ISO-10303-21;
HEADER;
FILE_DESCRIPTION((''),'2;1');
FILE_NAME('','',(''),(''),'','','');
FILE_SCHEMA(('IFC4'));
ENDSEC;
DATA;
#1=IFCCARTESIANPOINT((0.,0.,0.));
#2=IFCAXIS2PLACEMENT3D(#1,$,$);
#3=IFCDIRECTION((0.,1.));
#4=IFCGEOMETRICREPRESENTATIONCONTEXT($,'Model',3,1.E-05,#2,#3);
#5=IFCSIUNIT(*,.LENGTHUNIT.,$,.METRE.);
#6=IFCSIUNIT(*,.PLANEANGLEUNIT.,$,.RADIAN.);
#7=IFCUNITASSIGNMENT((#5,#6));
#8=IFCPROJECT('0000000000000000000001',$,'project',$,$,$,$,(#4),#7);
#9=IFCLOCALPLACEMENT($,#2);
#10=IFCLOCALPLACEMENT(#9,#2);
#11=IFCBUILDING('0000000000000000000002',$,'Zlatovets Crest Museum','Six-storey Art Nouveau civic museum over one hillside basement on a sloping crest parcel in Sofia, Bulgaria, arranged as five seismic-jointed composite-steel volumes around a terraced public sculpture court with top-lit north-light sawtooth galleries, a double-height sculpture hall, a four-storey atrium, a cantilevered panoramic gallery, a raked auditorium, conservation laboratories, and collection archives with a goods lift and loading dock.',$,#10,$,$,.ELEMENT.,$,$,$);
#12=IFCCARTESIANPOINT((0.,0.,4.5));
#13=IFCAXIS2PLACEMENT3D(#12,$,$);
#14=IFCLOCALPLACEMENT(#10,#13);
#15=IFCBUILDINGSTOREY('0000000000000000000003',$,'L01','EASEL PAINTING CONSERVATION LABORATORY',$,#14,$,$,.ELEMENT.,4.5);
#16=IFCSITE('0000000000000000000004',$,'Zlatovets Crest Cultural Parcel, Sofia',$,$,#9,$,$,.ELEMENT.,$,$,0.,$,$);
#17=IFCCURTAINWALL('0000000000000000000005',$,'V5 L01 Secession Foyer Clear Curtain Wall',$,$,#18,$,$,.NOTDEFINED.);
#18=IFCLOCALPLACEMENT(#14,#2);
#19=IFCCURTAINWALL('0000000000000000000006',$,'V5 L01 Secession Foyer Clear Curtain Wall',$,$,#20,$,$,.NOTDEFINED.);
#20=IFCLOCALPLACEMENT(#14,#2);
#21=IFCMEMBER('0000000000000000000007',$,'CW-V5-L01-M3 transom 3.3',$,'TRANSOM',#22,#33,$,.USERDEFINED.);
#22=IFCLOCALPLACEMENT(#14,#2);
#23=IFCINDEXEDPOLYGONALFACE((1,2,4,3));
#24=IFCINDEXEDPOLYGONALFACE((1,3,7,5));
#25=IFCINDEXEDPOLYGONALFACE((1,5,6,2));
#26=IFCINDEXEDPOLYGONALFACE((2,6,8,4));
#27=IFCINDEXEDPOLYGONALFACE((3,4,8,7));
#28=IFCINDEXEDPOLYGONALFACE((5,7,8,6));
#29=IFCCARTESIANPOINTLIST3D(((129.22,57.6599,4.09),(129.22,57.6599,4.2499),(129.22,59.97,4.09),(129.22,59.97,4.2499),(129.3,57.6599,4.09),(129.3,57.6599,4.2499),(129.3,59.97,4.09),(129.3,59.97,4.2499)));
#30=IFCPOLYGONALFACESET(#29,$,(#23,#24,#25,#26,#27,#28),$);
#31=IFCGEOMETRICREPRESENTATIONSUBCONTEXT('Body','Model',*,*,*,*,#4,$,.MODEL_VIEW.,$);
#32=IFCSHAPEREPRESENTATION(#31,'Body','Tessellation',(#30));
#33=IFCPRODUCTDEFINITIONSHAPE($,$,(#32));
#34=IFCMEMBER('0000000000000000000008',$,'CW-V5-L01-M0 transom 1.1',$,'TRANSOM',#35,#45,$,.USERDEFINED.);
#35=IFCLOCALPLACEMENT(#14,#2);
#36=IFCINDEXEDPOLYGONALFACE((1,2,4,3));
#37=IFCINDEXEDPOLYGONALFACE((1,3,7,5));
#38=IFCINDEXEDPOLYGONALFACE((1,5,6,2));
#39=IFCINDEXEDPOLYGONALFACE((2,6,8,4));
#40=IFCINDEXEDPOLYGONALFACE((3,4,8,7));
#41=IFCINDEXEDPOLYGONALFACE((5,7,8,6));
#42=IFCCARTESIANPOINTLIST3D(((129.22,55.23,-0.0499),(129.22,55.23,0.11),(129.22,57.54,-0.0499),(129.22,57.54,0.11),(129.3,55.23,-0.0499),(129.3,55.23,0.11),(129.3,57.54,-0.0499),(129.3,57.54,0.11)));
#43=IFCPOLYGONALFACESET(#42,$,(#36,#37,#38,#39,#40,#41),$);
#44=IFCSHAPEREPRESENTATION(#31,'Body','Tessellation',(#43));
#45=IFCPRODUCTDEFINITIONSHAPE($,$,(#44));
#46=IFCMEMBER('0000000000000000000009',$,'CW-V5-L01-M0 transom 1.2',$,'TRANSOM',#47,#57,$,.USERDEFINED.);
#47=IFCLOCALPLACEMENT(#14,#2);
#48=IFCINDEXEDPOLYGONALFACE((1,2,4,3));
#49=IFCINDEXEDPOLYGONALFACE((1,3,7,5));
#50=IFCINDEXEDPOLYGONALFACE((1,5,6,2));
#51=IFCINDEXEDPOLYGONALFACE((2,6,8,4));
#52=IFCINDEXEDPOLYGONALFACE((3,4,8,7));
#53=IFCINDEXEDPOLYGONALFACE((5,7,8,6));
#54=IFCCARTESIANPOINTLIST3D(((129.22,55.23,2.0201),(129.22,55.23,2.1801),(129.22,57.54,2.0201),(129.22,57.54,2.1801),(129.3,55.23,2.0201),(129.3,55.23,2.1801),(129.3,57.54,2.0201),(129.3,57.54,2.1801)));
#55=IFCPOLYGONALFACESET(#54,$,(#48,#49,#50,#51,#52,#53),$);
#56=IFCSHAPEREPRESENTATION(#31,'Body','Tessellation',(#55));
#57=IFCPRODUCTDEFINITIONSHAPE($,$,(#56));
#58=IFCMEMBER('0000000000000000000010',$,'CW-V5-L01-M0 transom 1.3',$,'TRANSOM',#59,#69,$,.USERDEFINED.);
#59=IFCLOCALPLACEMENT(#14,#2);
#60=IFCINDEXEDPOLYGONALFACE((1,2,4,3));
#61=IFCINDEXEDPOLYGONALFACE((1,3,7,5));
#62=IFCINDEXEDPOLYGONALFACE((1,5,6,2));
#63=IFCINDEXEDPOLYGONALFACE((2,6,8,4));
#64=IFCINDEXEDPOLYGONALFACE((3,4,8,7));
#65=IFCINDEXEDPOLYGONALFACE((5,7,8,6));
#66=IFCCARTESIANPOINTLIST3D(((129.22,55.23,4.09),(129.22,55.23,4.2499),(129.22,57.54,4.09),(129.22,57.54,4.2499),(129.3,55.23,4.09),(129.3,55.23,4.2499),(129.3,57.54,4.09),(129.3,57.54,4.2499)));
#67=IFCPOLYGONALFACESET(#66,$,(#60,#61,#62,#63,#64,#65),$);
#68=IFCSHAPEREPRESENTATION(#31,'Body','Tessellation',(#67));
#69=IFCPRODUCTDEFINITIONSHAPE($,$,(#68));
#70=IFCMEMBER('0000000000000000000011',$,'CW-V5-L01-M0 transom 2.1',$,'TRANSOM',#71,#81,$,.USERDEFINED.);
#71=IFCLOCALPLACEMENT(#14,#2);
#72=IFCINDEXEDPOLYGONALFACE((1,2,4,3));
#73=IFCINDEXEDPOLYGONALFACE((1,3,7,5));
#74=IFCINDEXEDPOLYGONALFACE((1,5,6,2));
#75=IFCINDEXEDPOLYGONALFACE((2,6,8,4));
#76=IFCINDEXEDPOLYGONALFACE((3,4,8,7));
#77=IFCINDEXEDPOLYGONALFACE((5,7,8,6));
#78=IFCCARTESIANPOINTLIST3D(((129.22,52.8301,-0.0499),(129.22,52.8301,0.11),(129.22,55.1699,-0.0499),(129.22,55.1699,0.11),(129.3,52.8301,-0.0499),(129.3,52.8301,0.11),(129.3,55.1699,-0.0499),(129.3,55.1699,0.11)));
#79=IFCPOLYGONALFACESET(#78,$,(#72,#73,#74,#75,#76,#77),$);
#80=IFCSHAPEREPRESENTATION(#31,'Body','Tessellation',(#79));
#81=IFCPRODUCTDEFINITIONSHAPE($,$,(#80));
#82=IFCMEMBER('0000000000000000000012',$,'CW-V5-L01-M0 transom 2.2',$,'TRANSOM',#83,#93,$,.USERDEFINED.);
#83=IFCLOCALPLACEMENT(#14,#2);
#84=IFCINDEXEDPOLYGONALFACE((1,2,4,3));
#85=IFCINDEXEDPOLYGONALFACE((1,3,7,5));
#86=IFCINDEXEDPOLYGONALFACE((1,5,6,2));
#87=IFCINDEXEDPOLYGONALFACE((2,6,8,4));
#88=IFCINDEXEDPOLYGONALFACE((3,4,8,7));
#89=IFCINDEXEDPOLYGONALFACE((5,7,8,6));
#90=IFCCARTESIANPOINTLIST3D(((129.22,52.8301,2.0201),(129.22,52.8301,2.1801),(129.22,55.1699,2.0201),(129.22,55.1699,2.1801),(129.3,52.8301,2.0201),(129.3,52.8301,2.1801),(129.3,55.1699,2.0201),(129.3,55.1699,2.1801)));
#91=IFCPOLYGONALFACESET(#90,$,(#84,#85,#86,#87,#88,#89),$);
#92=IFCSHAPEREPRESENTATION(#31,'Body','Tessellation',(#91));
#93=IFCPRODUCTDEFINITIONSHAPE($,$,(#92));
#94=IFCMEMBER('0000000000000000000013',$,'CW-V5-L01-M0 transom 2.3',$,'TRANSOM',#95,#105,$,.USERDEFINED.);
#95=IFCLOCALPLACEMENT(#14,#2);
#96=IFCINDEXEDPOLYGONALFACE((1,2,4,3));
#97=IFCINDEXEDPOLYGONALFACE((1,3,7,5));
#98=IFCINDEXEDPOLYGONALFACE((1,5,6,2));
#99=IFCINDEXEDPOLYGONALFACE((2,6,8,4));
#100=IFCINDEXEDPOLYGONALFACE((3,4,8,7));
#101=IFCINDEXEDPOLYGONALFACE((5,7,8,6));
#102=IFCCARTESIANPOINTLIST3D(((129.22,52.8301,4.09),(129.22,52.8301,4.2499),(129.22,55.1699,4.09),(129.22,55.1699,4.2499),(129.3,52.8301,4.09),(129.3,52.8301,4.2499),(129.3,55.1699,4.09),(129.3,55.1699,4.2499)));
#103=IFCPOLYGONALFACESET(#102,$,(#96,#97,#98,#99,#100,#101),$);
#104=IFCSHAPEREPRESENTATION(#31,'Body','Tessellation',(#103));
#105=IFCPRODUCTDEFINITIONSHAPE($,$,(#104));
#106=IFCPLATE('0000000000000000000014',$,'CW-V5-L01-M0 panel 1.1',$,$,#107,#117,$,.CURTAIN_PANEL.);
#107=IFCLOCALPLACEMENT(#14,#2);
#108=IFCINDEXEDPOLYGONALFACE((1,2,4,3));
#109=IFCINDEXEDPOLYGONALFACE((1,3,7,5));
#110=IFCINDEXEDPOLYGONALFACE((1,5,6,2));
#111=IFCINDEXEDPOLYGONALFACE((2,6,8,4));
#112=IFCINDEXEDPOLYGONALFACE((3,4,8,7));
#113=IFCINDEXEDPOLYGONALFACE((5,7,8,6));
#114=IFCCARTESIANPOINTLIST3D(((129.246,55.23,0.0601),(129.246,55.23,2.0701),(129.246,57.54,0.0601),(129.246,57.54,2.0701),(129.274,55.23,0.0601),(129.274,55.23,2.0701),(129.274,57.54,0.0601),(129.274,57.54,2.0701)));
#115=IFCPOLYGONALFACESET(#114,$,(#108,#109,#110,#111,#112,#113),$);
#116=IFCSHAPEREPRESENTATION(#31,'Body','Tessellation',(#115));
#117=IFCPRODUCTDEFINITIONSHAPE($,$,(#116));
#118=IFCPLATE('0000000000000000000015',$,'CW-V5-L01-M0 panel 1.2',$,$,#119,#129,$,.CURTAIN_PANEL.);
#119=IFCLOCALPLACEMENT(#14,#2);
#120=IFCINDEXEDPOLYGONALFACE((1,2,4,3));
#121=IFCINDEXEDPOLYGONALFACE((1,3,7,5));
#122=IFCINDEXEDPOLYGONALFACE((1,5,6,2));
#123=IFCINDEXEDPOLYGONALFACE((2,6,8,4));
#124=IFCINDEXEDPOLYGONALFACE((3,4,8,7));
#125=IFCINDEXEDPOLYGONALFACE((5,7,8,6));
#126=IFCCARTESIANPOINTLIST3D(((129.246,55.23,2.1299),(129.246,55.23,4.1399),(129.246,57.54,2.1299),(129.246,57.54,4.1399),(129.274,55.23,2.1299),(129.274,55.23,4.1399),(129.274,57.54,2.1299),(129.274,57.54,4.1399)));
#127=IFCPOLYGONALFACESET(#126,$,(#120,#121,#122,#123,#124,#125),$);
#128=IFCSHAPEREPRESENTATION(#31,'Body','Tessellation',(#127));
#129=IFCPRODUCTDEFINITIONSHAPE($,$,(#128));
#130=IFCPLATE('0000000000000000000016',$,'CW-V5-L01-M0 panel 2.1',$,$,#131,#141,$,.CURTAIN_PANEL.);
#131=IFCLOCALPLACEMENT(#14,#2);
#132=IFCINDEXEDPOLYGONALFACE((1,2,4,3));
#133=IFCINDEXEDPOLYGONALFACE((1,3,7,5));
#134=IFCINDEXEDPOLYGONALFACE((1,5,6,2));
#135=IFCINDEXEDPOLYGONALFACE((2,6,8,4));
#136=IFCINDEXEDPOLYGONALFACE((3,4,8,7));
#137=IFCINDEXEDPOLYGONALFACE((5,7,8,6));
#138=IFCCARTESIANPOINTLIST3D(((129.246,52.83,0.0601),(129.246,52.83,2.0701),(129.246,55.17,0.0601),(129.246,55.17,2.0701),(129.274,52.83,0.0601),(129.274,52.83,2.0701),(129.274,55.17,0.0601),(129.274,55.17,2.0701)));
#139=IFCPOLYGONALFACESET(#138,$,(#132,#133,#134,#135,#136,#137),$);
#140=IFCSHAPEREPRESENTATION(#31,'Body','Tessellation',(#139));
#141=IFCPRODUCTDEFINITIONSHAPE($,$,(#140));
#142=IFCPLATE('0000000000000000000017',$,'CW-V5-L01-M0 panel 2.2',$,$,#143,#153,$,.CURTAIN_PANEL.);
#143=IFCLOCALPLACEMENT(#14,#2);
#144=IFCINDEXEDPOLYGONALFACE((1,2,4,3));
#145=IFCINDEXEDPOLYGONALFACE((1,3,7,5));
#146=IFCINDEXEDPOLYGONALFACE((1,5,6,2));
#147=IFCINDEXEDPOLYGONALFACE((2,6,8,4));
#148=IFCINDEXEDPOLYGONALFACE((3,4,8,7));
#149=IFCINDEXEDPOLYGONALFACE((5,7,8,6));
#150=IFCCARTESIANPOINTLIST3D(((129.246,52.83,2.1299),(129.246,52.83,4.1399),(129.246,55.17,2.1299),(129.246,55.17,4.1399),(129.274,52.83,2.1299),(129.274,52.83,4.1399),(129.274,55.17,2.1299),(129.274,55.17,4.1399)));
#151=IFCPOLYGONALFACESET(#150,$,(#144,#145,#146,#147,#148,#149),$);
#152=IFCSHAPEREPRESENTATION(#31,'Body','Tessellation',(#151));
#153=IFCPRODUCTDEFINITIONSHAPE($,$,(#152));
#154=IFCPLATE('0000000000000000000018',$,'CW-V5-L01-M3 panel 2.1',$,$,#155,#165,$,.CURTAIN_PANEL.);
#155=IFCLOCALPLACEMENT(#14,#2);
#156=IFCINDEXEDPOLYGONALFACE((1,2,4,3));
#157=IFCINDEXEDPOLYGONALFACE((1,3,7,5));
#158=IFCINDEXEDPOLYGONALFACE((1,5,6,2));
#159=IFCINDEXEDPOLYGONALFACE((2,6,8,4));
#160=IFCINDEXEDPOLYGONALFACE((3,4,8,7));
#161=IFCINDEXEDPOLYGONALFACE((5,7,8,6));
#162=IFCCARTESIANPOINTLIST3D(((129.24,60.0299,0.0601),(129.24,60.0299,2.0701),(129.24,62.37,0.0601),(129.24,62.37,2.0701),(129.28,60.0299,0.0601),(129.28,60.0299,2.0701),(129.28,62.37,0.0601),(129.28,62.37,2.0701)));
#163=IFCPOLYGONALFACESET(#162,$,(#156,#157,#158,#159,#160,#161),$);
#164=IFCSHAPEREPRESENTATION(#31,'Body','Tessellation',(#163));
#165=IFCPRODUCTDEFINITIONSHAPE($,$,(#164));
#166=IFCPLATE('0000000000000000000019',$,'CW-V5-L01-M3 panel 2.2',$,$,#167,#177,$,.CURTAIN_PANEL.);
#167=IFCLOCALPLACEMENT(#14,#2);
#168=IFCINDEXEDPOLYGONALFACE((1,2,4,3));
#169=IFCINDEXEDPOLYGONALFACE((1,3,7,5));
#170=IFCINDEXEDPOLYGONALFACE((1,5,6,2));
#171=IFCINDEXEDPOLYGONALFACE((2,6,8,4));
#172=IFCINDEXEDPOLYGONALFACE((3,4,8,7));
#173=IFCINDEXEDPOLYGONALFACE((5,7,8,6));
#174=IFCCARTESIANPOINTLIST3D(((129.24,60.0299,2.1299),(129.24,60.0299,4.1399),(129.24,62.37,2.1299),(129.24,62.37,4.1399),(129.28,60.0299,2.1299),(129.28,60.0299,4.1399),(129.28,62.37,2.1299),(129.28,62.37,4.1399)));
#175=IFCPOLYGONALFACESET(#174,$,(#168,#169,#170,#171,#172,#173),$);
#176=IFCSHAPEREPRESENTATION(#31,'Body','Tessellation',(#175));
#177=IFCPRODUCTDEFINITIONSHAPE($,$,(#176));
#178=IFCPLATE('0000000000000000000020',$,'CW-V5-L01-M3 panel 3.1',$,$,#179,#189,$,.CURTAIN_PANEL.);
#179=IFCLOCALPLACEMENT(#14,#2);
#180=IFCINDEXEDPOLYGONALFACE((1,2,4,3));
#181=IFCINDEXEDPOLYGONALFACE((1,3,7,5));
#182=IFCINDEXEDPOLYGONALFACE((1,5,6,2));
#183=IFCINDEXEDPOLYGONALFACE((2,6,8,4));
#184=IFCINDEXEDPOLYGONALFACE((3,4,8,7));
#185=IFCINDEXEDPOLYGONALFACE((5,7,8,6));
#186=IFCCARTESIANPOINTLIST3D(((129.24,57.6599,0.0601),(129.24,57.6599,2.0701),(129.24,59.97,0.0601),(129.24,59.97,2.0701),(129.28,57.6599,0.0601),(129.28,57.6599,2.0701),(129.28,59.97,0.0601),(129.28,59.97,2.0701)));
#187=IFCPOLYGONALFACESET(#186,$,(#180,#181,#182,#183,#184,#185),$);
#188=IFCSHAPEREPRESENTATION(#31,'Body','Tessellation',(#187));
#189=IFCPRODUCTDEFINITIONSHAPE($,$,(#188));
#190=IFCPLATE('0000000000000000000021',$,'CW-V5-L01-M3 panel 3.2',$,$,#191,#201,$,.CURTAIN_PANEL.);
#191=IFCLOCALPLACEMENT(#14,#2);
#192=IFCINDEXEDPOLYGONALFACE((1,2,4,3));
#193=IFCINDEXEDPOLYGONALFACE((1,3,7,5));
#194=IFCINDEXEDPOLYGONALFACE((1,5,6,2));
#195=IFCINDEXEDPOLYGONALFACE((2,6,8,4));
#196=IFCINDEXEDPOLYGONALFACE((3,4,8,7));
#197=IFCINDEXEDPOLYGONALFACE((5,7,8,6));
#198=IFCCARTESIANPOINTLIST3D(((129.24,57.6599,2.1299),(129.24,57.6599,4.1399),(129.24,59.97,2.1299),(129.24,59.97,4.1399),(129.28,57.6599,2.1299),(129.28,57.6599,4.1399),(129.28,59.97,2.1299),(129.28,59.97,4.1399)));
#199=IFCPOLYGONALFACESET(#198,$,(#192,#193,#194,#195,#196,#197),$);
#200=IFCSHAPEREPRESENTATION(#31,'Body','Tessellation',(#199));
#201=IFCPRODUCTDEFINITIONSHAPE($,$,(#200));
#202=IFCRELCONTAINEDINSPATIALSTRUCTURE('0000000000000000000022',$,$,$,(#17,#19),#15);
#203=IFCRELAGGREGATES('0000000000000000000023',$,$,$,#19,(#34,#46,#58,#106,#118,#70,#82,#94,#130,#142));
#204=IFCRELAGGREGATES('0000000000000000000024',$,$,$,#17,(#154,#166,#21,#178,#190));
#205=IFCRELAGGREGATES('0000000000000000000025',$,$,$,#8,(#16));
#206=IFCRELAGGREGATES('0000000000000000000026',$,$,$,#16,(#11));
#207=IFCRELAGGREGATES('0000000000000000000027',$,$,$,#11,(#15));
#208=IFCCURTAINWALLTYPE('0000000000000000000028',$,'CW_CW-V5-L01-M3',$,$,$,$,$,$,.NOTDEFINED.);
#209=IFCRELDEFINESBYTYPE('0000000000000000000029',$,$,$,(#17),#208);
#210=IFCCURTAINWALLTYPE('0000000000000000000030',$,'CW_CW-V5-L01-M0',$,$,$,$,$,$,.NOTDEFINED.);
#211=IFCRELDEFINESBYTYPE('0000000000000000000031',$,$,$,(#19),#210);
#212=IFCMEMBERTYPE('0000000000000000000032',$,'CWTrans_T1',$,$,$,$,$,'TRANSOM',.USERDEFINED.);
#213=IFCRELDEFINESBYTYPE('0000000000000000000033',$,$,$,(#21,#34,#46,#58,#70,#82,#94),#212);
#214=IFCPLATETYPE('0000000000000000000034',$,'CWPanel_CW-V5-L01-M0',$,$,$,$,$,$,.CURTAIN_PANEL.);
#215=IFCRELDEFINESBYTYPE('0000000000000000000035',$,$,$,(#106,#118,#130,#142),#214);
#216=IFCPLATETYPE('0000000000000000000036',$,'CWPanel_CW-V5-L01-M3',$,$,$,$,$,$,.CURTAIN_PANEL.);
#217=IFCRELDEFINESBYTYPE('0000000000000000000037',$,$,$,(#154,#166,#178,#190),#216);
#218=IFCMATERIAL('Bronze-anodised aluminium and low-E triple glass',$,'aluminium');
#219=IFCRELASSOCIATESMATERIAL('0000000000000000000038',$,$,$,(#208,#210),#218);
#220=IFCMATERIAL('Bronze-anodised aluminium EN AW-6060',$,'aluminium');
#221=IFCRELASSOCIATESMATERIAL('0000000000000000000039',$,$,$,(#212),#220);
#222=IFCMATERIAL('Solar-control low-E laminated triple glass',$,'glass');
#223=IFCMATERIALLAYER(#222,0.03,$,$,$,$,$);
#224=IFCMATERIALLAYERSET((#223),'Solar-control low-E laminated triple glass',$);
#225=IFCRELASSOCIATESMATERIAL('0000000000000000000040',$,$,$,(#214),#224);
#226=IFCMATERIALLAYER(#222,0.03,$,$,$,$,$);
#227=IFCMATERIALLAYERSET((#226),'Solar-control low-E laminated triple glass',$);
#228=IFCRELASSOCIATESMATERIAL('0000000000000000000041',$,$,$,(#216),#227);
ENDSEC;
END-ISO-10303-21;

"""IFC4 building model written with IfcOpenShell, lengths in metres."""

from ifc_helpers import new_model, si_unit, direction, frame, origin, origin_2d, place, context, subcontext, project, spatial, rectangle, extrude, material, layer, layer_set, material_profile, profile_set, type_object, element, aggregate, save


model = new_model("IFC4")

# Units and contexts
model_context = context("Model", 3, precision=1e-05, world=origin(), true_north=direction((0.0, 1.0)))
body_context = subcontext(model_context, "Body", "Model", "MODEL_VIEW")
ifc_project = project(units=[si_unit("LENGTHUNIT", "METRE"), si_unit("PLANEANGLEUNIT", "RADIAN")], contexts=[model_context])

# Site, building, storey
site_placement = place(None, origin())
site = spatial("IfcSite", under=ifc_project, at=site_placement, Name="Zlatovets Crest Cultural Parcel, Sofia", CompositionType="ELEMENT", RefElevation=0.0)
building_placement = place(site_placement, origin())
building = spatial("IfcBuilding", under=site, at=building_placement, Name="Zlatovets Crest Museum", Description="Six-storey Art Nouveau civic museum over one hillside basement on a sloping crest parcel in Sofia, Bulgaria, arranged as five seismic-jointed composite-steel volumes around a terraced public sculpture court with top-lit north-light sawtooth galleries, a double-height sculpture hall, a four-storey atrium, a cantilevered panoramic gallery, a raked auditorium, conservation laboratories, and collection archives with a goods lift and loading dock.", CompositionType="ELEMENT")
storey_placement = place(building_placement, frame((0.0, 0.0, 4.5)))
storey = spatial("IfcBuildingStorey", under=building, at=storey_placement, Name="L01", Description="EASEL PAINTING CONSERVATION LABORATORY", CompositionType="ELEMENT", Elevation=4.5)

# Curtain walls
ifc_material_1 = material(Name="Bronze-anodised aluminium and low-E triple glass", Category="aluminium")
curtain_wall_type_1 = type_object("IfcCurtainWallType", Name="CW_CW-V5-L01-M3", PredefinedType="NOTDEFINED", material=ifc_material_1)
curtain_wall_1_placement = place(storey_placement, origin())
curtain_wall_1 = element("IfcCurtainWall", 1, at=curtain_wall_1_placement, inside=storey, type_object=curtain_wall_type_1, Name="V5 L01 Secession Foyer Clear Curtain Wall", PredefinedType="NOTDEFINED")
ifc_material_2 = material(Name="Bronze-anodised aluminium EN AW-6060", Category="aluminium")
curtain_wall_type_2 = type_object("IfcCurtainWallType", Name="CW_CW-V5-L01-M0", PredefinedType="NOTDEFINED", material=ifc_material_1)
curtain_wall_2_placement = place(storey_placement, origin())
curtain_wall_2 = element("IfcCurtainWall", 2, at=curtain_wall_2_placement, inside=storey, type_object=curtain_wall_type_2, Name="V5 L01 Secession Foyer Clear Curtain Wall", PredefinedType="NOTDEFINED")

# Members
ifc_material_profile_1 = material_profile(ifc_material_2, rectangle(XDim=0.0801, YDim=0.1599, at=origin_2d()), Name="ALU 80x160")
ifc_profile_set_1 = profile_set([ifc_material_profile_1], Name="Bronze-anodised aluminium EN AW-6060")
member_type_1 = type_object("IfcMemberType", Name="CWTrans_T1", ElementType="TRANSOM", PredefinedType="USERDEFINED", material=ifc_profile_set_1)
member_1_placement = place(storey_placement, frame((129.26, 59.97, 4.1699), z_axis=(0.0, -1.0, 0.0), x_axis=(1.0, 0.0, 0.0)))
member_1 = element("IfcMember", 3, at=member_1_placement, type_object=member_type_1, Name="CW-V5-L01-M3 transom 3.3", ObjectType="TRANSOM", PredefinedType="USERDEFINED", context=body_context, shape_type="SweptSolid", body=[
    extrude(rectangle(XDim=0.0801, YDim=0.1599, at=origin_2d()), origin(), (0.0, 0.0, 1.0), 2.3101),
])
member_2_placement = place(storey_placement, frame((129.26, 57.54, 0.03), z_axis=(0.0, -1.0, 0.0), x_axis=(1.0, 0.0, 0.0)))
member_2 = element("IfcMember", 4, at=member_2_placement, type_object=member_type_1, Name="CW-V5-L01-M0 transom 1.1", ObjectType="TRANSOM", PredefinedType="USERDEFINED", context=body_context, shape_type="SweptSolid", body=[
    extrude(rectangle(XDim=0.0801, YDim=0.1599, at=origin_2d()), origin(), (0.0, 0.0, 1.0), 2.3101),
])
member_3_placement = place(storey_placement, frame((129.26, 57.54, 2.1001), z_axis=(0.0, -1.0, 0.0), x_axis=(1.0, 0.0, 0.0)))
member_3 = element("IfcMember", 5, at=member_3_placement, type_object=member_type_1, Name="CW-V5-L01-M0 transom 1.2", ObjectType="TRANSOM", PredefinedType="USERDEFINED", context=body_context, shape_type="SweptSolid", body=[
    extrude(rectangle(XDim=0.0801, YDim=0.1599, at=origin_2d()), origin(), (0.0, 0.0, 1.0), 2.3101),
])
member_4_placement = place(storey_placement, frame((129.26, 57.54, 4.1699), z_axis=(0.0, -1.0, 0.0), x_axis=(1.0, 0.0, 0.0)))
member_4 = element("IfcMember", 6, at=member_4_placement, type_object=member_type_1, Name="CW-V5-L01-M0 transom 1.3", ObjectType="TRANSOM", PredefinedType="USERDEFINED", context=body_context, shape_type="SweptSolid", body=[
    extrude(rectangle(XDim=0.0801, YDim=0.1599, at=origin_2d()), origin(), (0.0, 0.0, 1.0), 2.3101),
])
member_5_placement = place(storey_placement, frame((129.26, 55.1699, 0.03), z_axis=(0.0, -1.0, 0.0), x_axis=(1.0, 0.0, 0.0)))
member_5 = element("IfcMember", 7, at=member_5_placement, type_object=member_type_1, Name="CW-V5-L01-M0 transom 2.1", ObjectType="TRANSOM", PredefinedType="USERDEFINED", context=body_context, shape_type="SweptSolid", body=[
    extrude(rectangle(XDim=0.0801, YDim=0.1599, at=origin_2d()), origin(), (0.0, 0.0, 1.0), 2.3398),
])
member_6_placement = place(storey_placement, frame((129.26, 55.1699, 2.1001), z_axis=(0.0, -1.0, 0.0), x_axis=(1.0, 0.0, 0.0)))
member_6 = element("IfcMember", 8, at=member_6_placement, type_object=member_type_1, Name="CW-V5-L01-M0 transom 2.2", ObjectType="TRANSOM", PredefinedType="USERDEFINED", context=body_context, shape_type="SweptSolid", body=[
    extrude(rectangle(XDim=0.0801, YDim=0.1599, at=origin_2d()), origin(), (0.0, 0.0, 1.0), 2.3398),
])
member_7_placement = place(storey_placement, frame((129.26, 55.1699, 4.1699), z_axis=(0.0, -1.0, 0.0), x_axis=(1.0, 0.0, 0.0)))
member_7 = element("IfcMember", 9, at=member_7_placement, type_object=member_type_1, Name="CW-V5-L01-M0 transom 2.3", ObjectType="TRANSOM", PredefinedType="USERDEFINED", context=body_context, shape_type="SweptSolid", body=[
    extrude(rectangle(XDim=0.0801, YDim=0.1599, at=origin_2d()), origin(), (0.0, 0.0, 1.0), 2.3398),
])

# Plates
ifc_material_3 = material(Name="Solar-control low-E laminated triple glass", Category="glass")
ifc_layer_1 = layer(ifc_material_3, 0.03)
ifc_layer_set_1 = layer_set([ifc_layer_1], Name="Solar-control low-E laminated triple glass")
plate_type_1 = type_object("IfcPlateType", Name="CWPanel_CW-V5-L01-M0", PredefinedType="CURTAIN_PANEL", material=ifc_layer_set_1)
plate_1_placement = place(storey_placement, frame((129.26, 56.385, 0.0601), z_axis=(0.0, 0.0, 1.0), x_axis=(0.0, -1.0, 0.0)))
plate_1 = element("IfcPlate", 10, at=plate_1_placement, type_object=plate_type_1, Name="CW-V5-L01-M0 panel 1.1", PredefinedType="CURTAIN_PANEL", context=body_context, shape_type="SweptSolid", body=[
    extrude(rectangle(XDim=2.3101, YDim=0.0281, at=origin_2d()), origin(), (0.0, 0.0, 1.0), 2.01),
])
plate_2_placement = place(storey_placement, frame((129.26, 56.385, 2.1299), z_axis=(0.0, 0.0, 1.0), x_axis=(0.0, -1.0, 0.0)))
plate_2 = element("IfcPlate", 11, at=plate_2_placement, type_object=plate_type_1, Name="CW-V5-L01-M0 panel 1.2", PredefinedType="CURTAIN_PANEL", context=body_context, shape_type="SweptSolid", body=[
    extrude(rectangle(XDim=2.3101, YDim=0.0281, at=origin_2d()), origin(), (0.0, 0.0, 1.0), 2.01),
])
plate_3_placement = place(storey_placement, frame((129.26, 54.0, 0.0601), z_axis=(0.0, 0.0, 1.0), x_axis=(0.0, -1.0, 0.0)))
plate_3 = element("IfcPlate", 12, at=plate_3_placement, type_object=plate_type_1, Name="CW-V5-L01-M0 panel 2.1", PredefinedType="CURTAIN_PANEL", context=body_context, shape_type="SweptSolid", body=[
    extrude(rectangle(XDim=2.3401, YDim=0.0281, at=origin_2d()), origin(), (0.0, 0.0, 1.0), 2.01),
])
plate_4_placement = place(storey_placement, frame((129.26, 54.0, 2.1299), z_axis=(0.0, 0.0, 1.0), x_axis=(0.0, -1.0, 0.0)))
plate_4 = element("IfcPlate", 13, at=plate_4_placement, type_object=plate_type_1, Name="CW-V5-L01-M0 panel 2.2", PredefinedType="CURTAIN_PANEL", context=body_context, shape_type="SweptSolid", body=[
    extrude(rectangle(XDim=2.3401, YDim=0.0281, at=origin_2d()), origin(), (0.0, 0.0, 1.0), 2.01),
])
aggregate(curtain_wall_2, [member_2, member_3, member_4, plate_1, plate_2, member_5, member_6, member_7, plate_3, plate_4])
ifc_layer_2 = layer(ifc_material_3, 0.03)
ifc_layer_set_2 = layer_set([ifc_layer_2], Name="Solar-control low-E laminated triple glass")
plate_type_2 = type_object("IfcPlateType", Name="CWPanel_CW-V5-L01-M3", PredefinedType="CURTAIN_PANEL", material=ifc_layer_set_2)
plate_5_placement = place(storey_placement, frame((129.26, 61.2, 0.0601), z_axis=(0.0, 0.0, 1.0), x_axis=(0.0, -1.0, 0.0)))
plate_5 = element("IfcPlate", 14, at=plate_5_placement, type_object=plate_type_2, Name="CW-V5-L01-M3 panel 2.1", PredefinedType="CURTAIN_PANEL", context=body_context, shape_type="SweptSolid", body=[
    extrude(rectangle(XDim=2.3401, YDim=0.04, at=origin_2d()), origin(), (0.0, 0.0, 1.0), 2.01),
])
plate_6_placement = place(storey_placement, frame((129.26, 61.2, 2.1299), z_axis=(0.0, 0.0, 1.0), x_axis=(0.0, -1.0, 0.0)))
plate_6 = element("IfcPlate", 15, at=plate_6_placement, type_object=plate_type_2, Name="CW-V5-L01-M3 panel 2.2", PredefinedType="CURTAIN_PANEL", context=body_context, shape_type="SweptSolid", body=[
    extrude(rectangle(XDim=2.3401, YDim=0.04, at=origin_2d()), origin(), (0.0, 0.0, 1.0), 2.01),
])
plate_7_placement = place(storey_placement, frame((129.26, 58.8149, 0.0601), z_axis=(0.0, 0.0, 1.0), x_axis=(0.0, -1.0, 0.0)))
plate_7 = element("IfcPlate", 16, at=plate_7_placement, type_object=plate_type_2, Name="CW-V5-L01-M3 panel 3.1", PredefinedType="CURTAIN_PANEL", context=body_context, shape_type="SweptSolid", body=[
    extrude(rectangle(XDim=2.3101, YDim=0.04, at=origin_2d()), origin(), (0.0, 0.0, 1.0), 2.01),
])
plate_8_placement = place(storey_placement, frame((129.26, 58.8149, 2.1299), z_axis=(0.0, 0.0, 1.0), x_axis=(0.0, -1.0, 0.0)))
plate_8 = element("IfcPlate", 17, at=plate_8_placement, type_object=plate_type_2, Name="CW-V5-L01-M3 panel 3.2", PredefinedType="CURTAIN_PANEL", context=body_context, shape_type="SweptSolid", body=[
    extrude(rectangle(XDim=2.3101, YDim=0.04, at=origin_2d()), origin(), (0.0, 0.0, 1.0), 2.01),
])
aggregate(curtain_wall_1, [plate_5, plate_6, member_1, plate_7, plate_8])

save(model, "model.ifc")
